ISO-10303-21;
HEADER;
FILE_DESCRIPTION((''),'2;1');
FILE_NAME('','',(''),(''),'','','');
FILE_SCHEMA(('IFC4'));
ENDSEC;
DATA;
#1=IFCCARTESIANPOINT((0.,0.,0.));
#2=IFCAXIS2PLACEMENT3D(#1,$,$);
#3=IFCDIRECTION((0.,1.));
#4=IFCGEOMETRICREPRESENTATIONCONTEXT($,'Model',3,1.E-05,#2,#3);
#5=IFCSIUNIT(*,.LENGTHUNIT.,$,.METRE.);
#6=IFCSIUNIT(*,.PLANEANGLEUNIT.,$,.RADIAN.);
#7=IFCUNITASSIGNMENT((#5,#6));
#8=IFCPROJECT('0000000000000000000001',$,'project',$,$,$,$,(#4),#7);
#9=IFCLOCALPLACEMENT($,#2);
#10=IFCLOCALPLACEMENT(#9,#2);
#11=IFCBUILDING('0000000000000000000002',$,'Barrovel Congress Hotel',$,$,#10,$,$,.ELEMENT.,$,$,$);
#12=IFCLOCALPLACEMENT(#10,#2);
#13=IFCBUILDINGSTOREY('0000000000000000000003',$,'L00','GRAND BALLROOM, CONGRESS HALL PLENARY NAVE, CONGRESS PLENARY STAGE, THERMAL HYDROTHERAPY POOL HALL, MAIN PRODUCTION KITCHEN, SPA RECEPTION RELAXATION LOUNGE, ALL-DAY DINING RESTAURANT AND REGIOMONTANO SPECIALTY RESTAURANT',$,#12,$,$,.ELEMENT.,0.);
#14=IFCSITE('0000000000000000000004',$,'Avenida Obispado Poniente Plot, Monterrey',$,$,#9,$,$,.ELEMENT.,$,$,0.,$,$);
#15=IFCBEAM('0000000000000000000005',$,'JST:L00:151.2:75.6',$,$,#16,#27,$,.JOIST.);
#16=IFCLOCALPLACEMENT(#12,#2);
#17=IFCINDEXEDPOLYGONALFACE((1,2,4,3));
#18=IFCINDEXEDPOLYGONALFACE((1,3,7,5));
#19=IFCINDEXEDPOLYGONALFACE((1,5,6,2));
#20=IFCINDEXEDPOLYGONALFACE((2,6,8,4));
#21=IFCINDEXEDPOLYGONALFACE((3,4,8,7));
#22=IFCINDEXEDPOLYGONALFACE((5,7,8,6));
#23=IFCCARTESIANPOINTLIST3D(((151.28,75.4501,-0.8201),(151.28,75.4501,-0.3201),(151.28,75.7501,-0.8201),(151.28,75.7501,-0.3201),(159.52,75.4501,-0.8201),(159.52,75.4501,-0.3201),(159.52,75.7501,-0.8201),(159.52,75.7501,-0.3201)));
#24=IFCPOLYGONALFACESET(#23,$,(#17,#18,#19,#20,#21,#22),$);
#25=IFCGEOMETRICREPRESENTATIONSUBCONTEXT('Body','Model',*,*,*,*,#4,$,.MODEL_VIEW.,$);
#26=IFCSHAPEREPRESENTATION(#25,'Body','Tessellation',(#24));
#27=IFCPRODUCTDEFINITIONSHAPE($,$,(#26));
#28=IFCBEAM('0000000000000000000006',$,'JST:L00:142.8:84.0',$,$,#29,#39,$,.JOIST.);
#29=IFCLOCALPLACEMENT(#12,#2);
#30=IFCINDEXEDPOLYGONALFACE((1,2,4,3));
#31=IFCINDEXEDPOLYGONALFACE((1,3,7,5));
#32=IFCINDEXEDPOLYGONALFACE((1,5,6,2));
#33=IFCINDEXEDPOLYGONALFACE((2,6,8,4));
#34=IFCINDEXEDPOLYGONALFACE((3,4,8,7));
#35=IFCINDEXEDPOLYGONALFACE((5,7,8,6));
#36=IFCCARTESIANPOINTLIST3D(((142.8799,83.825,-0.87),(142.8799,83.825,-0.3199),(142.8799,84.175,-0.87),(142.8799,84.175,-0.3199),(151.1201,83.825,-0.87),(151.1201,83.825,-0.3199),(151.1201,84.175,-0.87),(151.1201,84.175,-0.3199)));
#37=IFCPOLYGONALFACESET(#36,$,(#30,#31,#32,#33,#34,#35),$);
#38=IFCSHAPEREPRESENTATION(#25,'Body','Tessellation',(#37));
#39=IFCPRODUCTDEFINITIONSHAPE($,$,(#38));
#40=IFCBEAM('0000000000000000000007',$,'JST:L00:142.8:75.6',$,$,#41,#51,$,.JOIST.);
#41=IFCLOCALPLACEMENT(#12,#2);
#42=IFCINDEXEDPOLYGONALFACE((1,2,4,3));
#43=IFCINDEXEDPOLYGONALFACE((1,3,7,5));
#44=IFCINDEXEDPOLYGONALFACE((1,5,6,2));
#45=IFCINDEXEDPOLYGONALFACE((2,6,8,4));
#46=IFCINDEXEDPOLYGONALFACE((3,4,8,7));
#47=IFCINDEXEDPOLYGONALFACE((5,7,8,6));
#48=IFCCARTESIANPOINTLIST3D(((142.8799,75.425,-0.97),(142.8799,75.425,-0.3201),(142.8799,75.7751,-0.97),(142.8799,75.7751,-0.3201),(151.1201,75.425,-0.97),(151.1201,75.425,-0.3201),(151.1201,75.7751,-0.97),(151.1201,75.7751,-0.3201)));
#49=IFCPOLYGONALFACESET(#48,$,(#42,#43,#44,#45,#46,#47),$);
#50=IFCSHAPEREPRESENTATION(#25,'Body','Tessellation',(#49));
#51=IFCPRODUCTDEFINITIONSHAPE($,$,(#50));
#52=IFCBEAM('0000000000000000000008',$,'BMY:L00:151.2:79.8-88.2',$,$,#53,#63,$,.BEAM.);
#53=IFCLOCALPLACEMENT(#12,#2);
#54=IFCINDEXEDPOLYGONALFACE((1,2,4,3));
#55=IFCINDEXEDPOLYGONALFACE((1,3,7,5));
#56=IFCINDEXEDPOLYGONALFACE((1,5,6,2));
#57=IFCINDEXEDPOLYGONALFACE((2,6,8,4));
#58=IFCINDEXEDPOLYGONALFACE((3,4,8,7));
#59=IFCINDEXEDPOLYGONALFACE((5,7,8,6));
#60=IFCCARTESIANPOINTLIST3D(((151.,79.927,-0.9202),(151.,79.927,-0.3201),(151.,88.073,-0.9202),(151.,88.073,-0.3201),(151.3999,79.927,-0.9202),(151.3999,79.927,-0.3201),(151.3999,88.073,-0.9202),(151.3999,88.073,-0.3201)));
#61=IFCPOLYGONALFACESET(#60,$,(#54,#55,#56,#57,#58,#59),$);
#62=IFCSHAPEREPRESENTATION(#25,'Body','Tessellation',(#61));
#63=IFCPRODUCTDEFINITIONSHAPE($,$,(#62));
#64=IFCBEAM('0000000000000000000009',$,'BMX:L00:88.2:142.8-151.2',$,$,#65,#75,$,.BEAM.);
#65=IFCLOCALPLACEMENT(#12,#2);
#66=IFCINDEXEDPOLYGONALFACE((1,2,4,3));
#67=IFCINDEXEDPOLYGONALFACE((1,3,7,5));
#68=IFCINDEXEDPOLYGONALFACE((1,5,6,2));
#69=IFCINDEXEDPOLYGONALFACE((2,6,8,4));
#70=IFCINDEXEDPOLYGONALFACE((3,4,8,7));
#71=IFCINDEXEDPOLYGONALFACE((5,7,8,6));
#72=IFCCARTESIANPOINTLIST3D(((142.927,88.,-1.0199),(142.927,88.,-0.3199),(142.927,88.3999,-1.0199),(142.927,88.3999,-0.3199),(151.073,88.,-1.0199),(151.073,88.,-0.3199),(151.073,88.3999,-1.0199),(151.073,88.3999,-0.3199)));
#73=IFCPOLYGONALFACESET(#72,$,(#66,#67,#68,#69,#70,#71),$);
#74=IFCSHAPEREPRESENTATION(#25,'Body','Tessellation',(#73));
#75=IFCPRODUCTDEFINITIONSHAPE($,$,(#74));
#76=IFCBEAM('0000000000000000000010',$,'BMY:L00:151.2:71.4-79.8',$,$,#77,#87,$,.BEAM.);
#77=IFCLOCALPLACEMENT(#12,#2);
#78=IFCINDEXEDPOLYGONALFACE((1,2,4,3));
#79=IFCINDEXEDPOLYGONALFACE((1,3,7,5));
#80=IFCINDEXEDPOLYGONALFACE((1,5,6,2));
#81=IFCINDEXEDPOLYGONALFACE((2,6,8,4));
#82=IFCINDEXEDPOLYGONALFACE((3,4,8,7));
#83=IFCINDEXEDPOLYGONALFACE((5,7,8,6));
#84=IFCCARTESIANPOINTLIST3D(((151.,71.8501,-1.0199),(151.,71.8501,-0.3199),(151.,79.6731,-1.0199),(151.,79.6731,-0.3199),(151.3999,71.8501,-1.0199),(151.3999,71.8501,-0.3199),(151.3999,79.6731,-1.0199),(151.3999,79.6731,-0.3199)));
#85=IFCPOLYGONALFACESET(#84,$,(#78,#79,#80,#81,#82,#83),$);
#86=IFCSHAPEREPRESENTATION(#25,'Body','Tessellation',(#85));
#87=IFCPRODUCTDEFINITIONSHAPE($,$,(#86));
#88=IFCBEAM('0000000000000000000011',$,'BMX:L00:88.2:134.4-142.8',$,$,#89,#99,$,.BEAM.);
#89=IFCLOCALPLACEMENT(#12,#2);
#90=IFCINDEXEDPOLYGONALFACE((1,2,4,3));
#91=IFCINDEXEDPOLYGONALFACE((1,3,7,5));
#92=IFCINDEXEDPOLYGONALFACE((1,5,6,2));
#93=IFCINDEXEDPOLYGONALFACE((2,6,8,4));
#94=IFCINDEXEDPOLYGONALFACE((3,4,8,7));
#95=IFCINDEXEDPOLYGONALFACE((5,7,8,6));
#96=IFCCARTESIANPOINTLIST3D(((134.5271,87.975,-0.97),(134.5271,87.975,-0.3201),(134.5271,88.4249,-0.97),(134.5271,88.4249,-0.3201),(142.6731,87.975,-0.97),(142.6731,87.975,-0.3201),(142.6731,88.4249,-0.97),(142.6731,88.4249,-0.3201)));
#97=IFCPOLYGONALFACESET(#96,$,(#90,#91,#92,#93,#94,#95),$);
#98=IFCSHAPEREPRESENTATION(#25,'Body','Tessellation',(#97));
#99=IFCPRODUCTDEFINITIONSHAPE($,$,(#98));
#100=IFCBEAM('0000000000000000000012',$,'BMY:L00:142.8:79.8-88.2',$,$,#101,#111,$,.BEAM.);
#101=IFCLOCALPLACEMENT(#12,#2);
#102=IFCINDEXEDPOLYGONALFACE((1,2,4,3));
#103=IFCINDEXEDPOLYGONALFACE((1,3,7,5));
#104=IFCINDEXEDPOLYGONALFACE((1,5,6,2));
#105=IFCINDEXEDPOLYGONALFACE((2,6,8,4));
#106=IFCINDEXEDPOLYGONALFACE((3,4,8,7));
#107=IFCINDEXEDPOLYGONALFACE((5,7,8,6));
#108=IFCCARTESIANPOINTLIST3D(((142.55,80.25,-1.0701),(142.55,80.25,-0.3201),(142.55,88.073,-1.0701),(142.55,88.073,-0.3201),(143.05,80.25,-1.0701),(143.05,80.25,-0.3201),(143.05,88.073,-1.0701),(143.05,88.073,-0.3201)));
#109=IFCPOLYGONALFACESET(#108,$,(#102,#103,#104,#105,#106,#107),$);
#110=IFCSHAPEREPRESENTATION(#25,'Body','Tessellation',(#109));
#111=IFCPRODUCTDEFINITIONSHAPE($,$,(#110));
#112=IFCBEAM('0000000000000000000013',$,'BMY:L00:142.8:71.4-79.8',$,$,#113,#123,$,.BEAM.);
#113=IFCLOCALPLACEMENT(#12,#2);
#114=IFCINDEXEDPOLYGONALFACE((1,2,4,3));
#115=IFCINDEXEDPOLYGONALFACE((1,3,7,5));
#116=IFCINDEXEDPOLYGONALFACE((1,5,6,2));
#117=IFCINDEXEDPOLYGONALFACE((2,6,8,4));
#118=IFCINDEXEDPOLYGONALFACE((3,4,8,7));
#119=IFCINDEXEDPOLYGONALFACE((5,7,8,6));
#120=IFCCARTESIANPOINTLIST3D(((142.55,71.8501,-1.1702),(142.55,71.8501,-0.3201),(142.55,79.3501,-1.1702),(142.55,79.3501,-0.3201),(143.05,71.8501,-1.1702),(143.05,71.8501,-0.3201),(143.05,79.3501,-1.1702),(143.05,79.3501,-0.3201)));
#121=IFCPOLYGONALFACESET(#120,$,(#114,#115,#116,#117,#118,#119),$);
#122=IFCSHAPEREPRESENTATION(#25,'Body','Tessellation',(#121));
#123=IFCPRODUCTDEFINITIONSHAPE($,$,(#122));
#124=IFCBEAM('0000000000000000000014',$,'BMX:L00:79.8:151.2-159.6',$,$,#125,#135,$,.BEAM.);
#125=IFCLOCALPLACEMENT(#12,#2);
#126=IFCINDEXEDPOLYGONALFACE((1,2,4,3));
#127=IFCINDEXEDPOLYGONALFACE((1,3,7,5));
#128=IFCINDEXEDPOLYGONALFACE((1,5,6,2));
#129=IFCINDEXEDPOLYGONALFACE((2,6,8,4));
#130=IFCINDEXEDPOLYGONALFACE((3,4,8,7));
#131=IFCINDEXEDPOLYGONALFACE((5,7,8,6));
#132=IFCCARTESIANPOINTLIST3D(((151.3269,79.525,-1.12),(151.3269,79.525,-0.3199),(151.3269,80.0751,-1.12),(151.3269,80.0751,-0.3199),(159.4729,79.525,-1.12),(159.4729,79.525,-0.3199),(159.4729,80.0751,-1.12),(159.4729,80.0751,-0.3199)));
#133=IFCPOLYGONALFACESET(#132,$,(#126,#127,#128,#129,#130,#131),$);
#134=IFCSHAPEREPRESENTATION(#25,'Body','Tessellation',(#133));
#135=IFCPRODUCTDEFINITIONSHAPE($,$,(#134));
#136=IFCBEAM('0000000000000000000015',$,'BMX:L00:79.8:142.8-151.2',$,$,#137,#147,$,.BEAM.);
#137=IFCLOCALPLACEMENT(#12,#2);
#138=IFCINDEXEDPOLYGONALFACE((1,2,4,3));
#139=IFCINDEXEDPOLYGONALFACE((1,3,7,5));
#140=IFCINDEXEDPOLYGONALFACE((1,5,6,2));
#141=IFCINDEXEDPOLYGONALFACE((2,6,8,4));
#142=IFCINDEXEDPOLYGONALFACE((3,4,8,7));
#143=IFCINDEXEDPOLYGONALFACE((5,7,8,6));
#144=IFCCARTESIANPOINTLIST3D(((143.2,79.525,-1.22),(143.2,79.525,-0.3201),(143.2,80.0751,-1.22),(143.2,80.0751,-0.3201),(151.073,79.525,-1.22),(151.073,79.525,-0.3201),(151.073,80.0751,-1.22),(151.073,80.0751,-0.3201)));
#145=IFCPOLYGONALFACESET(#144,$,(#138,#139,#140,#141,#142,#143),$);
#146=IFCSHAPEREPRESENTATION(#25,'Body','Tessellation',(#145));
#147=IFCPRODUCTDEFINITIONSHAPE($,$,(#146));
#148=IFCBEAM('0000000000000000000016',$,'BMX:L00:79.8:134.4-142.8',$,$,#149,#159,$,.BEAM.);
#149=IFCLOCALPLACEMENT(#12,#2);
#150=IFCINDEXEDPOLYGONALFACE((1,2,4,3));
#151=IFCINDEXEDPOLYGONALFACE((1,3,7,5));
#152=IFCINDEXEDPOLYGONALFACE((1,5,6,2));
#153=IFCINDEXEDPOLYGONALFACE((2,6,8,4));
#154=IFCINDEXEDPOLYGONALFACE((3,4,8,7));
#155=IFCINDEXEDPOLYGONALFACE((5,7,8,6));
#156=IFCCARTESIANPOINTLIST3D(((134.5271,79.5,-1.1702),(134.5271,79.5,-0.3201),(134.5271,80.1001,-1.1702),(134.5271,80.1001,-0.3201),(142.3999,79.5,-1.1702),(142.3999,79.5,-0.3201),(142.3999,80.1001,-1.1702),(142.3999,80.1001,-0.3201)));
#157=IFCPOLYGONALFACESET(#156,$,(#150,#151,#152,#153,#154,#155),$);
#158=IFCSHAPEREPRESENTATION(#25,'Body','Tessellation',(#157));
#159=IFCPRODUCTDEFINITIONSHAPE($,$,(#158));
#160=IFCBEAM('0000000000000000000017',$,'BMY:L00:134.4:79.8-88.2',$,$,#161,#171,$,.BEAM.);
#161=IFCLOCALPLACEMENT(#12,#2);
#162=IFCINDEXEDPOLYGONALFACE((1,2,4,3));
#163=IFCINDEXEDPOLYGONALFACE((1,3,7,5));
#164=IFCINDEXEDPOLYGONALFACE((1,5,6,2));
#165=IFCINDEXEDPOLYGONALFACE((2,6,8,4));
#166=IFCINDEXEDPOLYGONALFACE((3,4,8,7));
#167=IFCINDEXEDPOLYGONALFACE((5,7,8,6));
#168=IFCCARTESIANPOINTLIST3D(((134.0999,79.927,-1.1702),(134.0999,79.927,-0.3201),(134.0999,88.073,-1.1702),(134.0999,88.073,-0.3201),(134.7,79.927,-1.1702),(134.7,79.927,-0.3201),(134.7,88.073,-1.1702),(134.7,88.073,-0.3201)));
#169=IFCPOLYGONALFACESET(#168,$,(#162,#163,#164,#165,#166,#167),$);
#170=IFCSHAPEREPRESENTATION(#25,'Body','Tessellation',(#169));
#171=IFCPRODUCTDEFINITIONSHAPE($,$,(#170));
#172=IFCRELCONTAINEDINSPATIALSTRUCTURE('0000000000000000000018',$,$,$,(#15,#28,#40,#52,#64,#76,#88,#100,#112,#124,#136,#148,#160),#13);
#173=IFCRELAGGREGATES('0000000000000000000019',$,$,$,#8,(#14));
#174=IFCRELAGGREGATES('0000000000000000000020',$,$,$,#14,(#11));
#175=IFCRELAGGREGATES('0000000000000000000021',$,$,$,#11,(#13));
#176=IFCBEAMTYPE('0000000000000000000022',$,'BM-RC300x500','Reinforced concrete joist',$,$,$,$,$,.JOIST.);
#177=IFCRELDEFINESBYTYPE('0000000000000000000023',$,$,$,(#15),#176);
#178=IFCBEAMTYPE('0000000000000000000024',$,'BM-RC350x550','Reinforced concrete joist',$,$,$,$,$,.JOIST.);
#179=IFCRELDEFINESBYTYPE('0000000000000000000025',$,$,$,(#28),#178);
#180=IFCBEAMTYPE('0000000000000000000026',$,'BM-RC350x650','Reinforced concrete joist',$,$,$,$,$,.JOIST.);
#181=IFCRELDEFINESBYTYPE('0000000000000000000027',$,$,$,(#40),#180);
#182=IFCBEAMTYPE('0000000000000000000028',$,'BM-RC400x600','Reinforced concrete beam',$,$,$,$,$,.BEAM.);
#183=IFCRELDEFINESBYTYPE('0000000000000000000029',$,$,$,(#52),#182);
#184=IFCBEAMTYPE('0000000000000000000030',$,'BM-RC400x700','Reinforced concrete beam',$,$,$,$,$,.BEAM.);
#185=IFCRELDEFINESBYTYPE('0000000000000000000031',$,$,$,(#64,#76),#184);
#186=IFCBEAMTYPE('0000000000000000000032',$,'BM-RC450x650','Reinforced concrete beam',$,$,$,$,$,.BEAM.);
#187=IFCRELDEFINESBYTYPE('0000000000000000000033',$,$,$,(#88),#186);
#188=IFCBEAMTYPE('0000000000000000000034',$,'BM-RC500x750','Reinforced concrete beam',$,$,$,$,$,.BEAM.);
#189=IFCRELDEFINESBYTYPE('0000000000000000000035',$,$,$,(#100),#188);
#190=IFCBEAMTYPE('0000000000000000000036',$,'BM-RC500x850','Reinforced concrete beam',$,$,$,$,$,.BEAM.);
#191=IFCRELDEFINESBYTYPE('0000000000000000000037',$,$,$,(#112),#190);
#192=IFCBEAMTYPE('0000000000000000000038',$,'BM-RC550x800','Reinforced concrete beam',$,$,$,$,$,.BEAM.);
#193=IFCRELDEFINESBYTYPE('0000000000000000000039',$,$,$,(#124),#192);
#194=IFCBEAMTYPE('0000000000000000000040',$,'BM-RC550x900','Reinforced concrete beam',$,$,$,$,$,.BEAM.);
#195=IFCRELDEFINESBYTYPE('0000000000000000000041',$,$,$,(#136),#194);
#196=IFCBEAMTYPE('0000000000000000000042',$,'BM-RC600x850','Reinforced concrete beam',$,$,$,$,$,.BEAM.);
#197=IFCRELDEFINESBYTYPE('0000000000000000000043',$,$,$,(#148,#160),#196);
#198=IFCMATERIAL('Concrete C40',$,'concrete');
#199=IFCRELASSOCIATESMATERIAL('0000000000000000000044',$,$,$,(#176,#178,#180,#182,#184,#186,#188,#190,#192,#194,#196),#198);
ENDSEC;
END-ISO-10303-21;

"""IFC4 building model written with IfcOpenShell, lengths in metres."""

from ifc_helpers import new_model, si_unit, direction, frame, origin, origin_2d, place, context, subcontext, project, spatial, rectangle, extrude, material, material_profile, profile_set, type_object, element, save


model = new_model("IFC4")

# Units and contexts
model_context = context("Model", 3, precision=1e-05, world=origin(), true_north=direction((0.0, 1.0)))
body_context = subcontext(model_context, "Body", "Model", "MODEL_VIEW")
ifc_project = project(units=[si_unit("LENGTHUNIT", "METRE"), si_unit("PLANEANGLEUNIT", "RADIAN")], contexts=[model_context])

# Site, building, storey
site_placement = place(None, origin())
site = spatial("IfcSite", under=ifc_project, at=site_placement, Name="Avenida Obispado Poniente Plot, Monterrey", CompositionType="ELEMENT", RefElevation=0.0)
building_placement = place(site_placement, origin())
building = spatial("IfcBuilding", under=site, at=building_placement, Name="Barrovel Congress Hotel", CompositionType="ELEMENT")
storey_placement = place(building_placement, origin())
storey = spatial("IfcBuildingStorey", under=building, at=storey_placement, Name="L00", Description="GRAND BALLROOM, CONGRESS HALL PLENARY NAVE, CONGRESS PLENARY STAGE, THERMAL HYDROTHERAPY POOL HALL, MAIN PRODUCTION KITCHEN, SPA RECEPTION RELAXATION LOUNGE, ALL-DAY DINING RESTAURANT AND REGIOMONTANO SPECIALTY RESTAURANT", CompositionType="ELEMENT", Elevation=0.0)

# Shared definitions
ifc_material_1 = material(Name="Concrete C40", Category="concrete")

# Beams
ifc_material_profile_1 = material_profile(ifc_material_1, rectangle(XDim=0.3, YDim=0.5, at=origin_2d()), Name="RC300x500")
ifc_profile_set_1 = profile_set([ifc_material_profile_1], Name="Concrete C40")
beam_type_1 = type_object("IfcBeamType", Name="BM-RC300x500", Description="Reinforced concrete joist", PredefinedType="JOIST", material=ifc_profile_set_1)
beam_1_placement = place(storey_placement, frame((151.28, 75.6001, -0.5701), z_axis=(1.0, 0.0, 0.0), x_axis=(0.0, 1.0, 0.0)))
element("IfcBeam", 1, at=beam_1_placement, inside=storey, type_object=beam_type_1, Name="JST:L00:151.2:75.6", PredefinedType="JOIST", context=body_context, shape_type="SweptSolid", body=[
    extrude(rectangle(XDim=0.3, YDim=0.5, at=origin_2d()), origin(), (0.0, 0.0, 1.0), 8.24),
])
ifc_material_profile_2 = material_profile(ifc_material_1, rectangle(XDim=0.3501, YDim=0.55, at=origin_2d()), Name="RC350x550")
ifc_profile_set_2 = profile_set([ifc_material_profile_2], Name="Concrete C40")
beam_type_2 = type_object("IfcBeamType", Name="BM-RC350x550", Description="Reinforced concrete joist", PredefinedType="JOIST", material=ifc_profile_set_2)
beam_2_placement = place(storey_placement, frame((142.8799, 84.0, -0.595), z_axis=(1.0, 0.0, 0.0), x_axis=(0.0, 1.0, 0.0)))
element("IfcBeam", 2, at=beam_2_placement, inside=storey, type_object=beam_type_2, Name="JST:L00:142.8:84.0", PredefinedType="JOIST", context=body_context, shape_type="SweptSolid", body=[
    extrude(rectangle(XDim=0.3501, YDim=0.55, at=origin_2d()), origin(), (0.0, 0.0, 1.0), 8.2402),
])
ifc_material_profile_3 = material_profile(ifc_material_1, rectangle(XDim=0.3501, YDim=0.6499, at=origin_2d()), Name="RC350x650")
ifc_profile_set_3 = profile_set([ifc_material_profile_3], Name="Concrete C40")
beam_type_3 = type_object("IfcBeamType", Name="BM-RC350x650", Description="Reinforced concrete joist", PredefinedType="JOIST", material=ifc_profile_set_3)
beam_3_placement = place(storey_placement, frame((142.8799, 75.6001, -0.645), z_axis=(1.0, 0.0, 0.0), x_axis=(0.0, 1.0, 0.0)))
element("IfcBeam", 3, at=beam_3_placement, inside=storey, type_object=beam_type_3, Name="JST:L00:142.8:75.6", PredefinedType="JOIST", context=body_context, shape_type="SweptSolid", body=[
    extrude(rectangle(XDim=0.3501, YDim=0.6499, at=origin_2d()), origin(), (0.0, 0.0, 1.0), 8.2402),
])
ifc_material_profile_4 = material_profile(ifc_material_1, rectangle(XDim=0.3999, YDim=0.6001, at=origin_2d()), Name="RC400x600")
ifc_profile_set_4 = profile_set([ifc_material_profile_4], Name="Concrete C40")
beam_type_4 = type_object("IfcBeamType", Name="BM-RC400x600", Description="Reinforced concrete beam", PredefinedType="BEAM", material=ifc_profile_set_4)
beam_4_placement = place(storey_placement, frame((151.2, 79.927, -0.6201), z_axis=(0.0, 1.0, 0.0), x_axis=(-1.0, 0.0, 0.0)))
element("IfcBeam", 4, at=beam_4_placement, inside=storey, type_object=beam_type_4, Name="BMY:L00:151.2:79.8-88.2", PredefinedType="BEAM", context=body_context, shape_type="SweptSolid", body=[
    extrude(rectangle(XDim=0.3999, YDim=0.6001, at=origin_2d()), origin(), (0.0, 0.0, 1.0), 8.146),
])
ifc_material_profile_5 = material_profile(ifc_material_1, rectangle(XDim=0.3999, YDim=0.7, at=origin_2d()), Name="RC400x700")
ifc_profile_set_5 = profile_set([ifc_material_profile_5], Name="Concrete C40")
beam_type_5 = type_object("IfcBeamType", Name="BM-RC400x700", Description="Reinforced concrete beam", PredefinedType="BEAM", material=ifc_profile_set_5)
beam_5_placement = place(storey_placement, frame((142.927, 88.2, -0.6699), z_axis=(1.0, 0.0, 0.0), x_axis=(0.0, 1.0, 0.0)))
element("IfcBeam", 5, at=beam_5_placement, inside=storey, type_object=beam_type_5, Name="BMX:L00:88.2:142.8-151.2", PredefinedType="BEAM", context=body_context, shape_type="SweptSolid", body=[
    extrude(rectangle(XDim=0.3999, YDim=0.7, at=origin_2d()), origin(), (0.0, 0.0, 1.0), 8.146),
])
beam_6_placement = place(storey_placement, frame((151.2, 71.8501, -0.6699), z_axis=(0.0, 1.0, 0.0), x_axis=(-1.0, 0.0, 0.0)))
element("IfcBeam", 6, at=beam_6_placement, inside=storey, type_object=beam_type_5, Name="BMY:L00:151.2:71.4-79.8", PredefinedType="BEAM", context=body_context, shape_type="SweptSolid", body=[
    extrude(rectangle(XDim=0.3999, YDim=0.7, at=origin_2d()), origin(), (0.0, 0.0, 1.0), 7.823),
])
ifc_material_profile_6 = material_profile(ifc_material_1, rectangle(XDim=0.45, YDim=0.6499, at=origin_2d()), Name="RC450x650")
ifc_profile_set_6 = profile_set([ifc_material_profile_6], Name="Concrete C40")
beam_type_6 = type_object("IfcBeamType", Name="BM-RC450x650", Description="Reinforced concrete beam", PredefinedType="BEAM", material=ifc_profile_set_6)
beam_7_placement = place(storey_placement, frame((134.5271, 88.2, -0.645), z_axis=(1.0, 0.0, 0.0), x_axis=(0.0, 1.0, 0.0)))
element("IfcBeam", 7, at=beam_7_placement, inside=storey, type_object=beam_type_6, Name="BMX:L00:88.2:134.4-142.8", PredefinedType="BEAM", context=body_context, shape_type="SweptSolid", body=[
    extrude(rectangle(XDim=0.45, YDim=0.6499, at=origin_2d()), origin(), (0.0, 0.0, 1.0), 8.146),
])
ifc_material_profile_7 = material_profile(ifc_material_1, rectangle(XDim=0.5, YDim=0.75, at=origin_2d()), Name="RC500x750")
ifc_profile_set_7 = profile_set([ifc_material_profile_7], Name="Concrete C40")
beam_type_7 = type_object("IfcBeamType", Name="BM-RC500x750", Description="Reinforced concrete beam", PredefinedType="BEAM", material=ifc_profile_set_7)
beam_8_placement = place(storey_placement, frame((142.8, 80.25, -0.6951), z_axis=(0.0, 1.0, 0.0), x_axis=(-1.0, 0.0, 0.0)))
element("IfcBeam", 8, at=beam_8_placement, inside=storey, type_object=beam_type_7, Name="BMY:L00:142.8:79.8-88.2", PredefinedType="BEAM", context=body_context, shape_type="SweptSolid", body=[
    extrude(rectangle(XDim=0.5, YDim=0.75, at=origin_2d()), origin(), (0.0, 0.0, 1.0), 7.823),
])
ifc_material_profile_8 = material_profile(ifc_material_1, rectangle(XDim=0.5, YDim=0.8501, at=origin_2d()), Name="RC500x850")
ifc_profile_set_8 = profile_set([ifc_material_profile_8], Name="Concrete C40")
beam_type_8 = type_object("IfcBeamType", Name="BM-RC500x850", Description="Reinforced concrete beam", PredefinedType="BEAM", material=ifc_profile_set_8)
beam_9_placement = place(storey_placement, frame((142.8, 71.8501, -0.7451), z_axis=(0.0, 1.0, 0.0), x_axis=(-1.0, 0.0, 0.0)))
element("IfcBeam", 9, at=beam_9_placement, inside=storey, type_object=beam_type_8, Name="BMY:L00:142.8:71.4-79.8", PredefinedType="BEAM", context=body_context, shape_type="SweptSolid", body=[
    extrude(rectangle(XDim=0.5, YDim=0.8501, at=origin_2d()), origin(), (0.0, 0.0, 1.0), 7.5),
])
ifc_material_profile_9 = material_profile(ifc_material_1, rectangle(XDim=0.55, YDim=0.8, at=origin_2d()), Name="RC550x800")
ifc_profile_set_9 = profile_set([ifc_material_profile_9], Name="Concrete C40")
beam_type_9 = type_object("IfcBeamType", Name="BM-RC550x800", Description="Reinforced concrete beam", PredefinedType="BEAM", material=ifc_profile_set_9)
beam_10_placement = place(storey_placement, frame((151.3269, 79.8, -0.72), z_axis=(1.0, 0.0, 0.0), x_axis=(0.0, 1.0, 0.0)))
element("IfcBeam", 10, at=beam_10_placement, inside=storey, type_object=beam_type_9, Name="BMX:L00:79.8:151.2-159.6", PredefinedType="BEAM", context=body_context, shape_type="SweptSolid", body=[
    extrude(rectangle(XDim=0.55, YDim=0.8, at=origin_2d()), origin(), (0.0, 0.0, 1.0), 8.146),
])
ifc_material_profile_10 = material_profile(ifc_material_1, rectangle(XDim=0.55, YDim=0.8999, at=origin_2d()), Name="RC550x900")
ifc_profile_set_10 = profile_set([ifc_material_profile_10], Name="Concrete C40")
beam_type_10 = type_object("IfcBeamType", Name="BM-RC550x900", Description="Reinforced concrete beam", PredefinedType="BEAM", material=ifc_profile_set_10)
beam_11_placement = place(storey_placement, frame((143.2, 79.8, -0.77), z_axis=(1.0, 0.0, 0.0), x_axis=(0.0, 1.0, 0.0)))
element("IfcBeam", 11, at=beam_11_placement, inside=storey, type_object=beam_type_10, Name="BMX:L00:79.8:142.8-151.2", PredefinedType="BEAM", context=body_context, shape_type="SweptSolid", body=[
    extrude(rectangle(XDim=0.55, YDim=0.8999, at=origin_2d()), origin(), (0.0, 0.0, 1.0), 7.873),
])
ifc_material_profile_11 = material_profile(ifc_material_1, rectangle(XDim=0.6001, YDim=0.8501, at=origin_2d()), Name="RC600x850")
ifc_profile_set_11 = profile_set([ifc_material_profile_11], Name="Concrete C40")
beam_type_11 = type_object("IfcBeamType", Name="BM-RC600x850", Description="Reinforced concrete beam", PredefinedType="BEAM", material=ifc_profile_set_11)
beam_12_placement = place(storey_placement, frame((134.5271, 79.8, -0.7451), z_axis=(1.0, 0.0, 0.0), x_axis=(0.0, 1.0, 0.0)))
element("IfcBeam", 12, at=beam_12_placement, inside=storey, type_object=beam_type_11, Name="BMX:L00:79.8:134.4-142.8", PredefinedType="BEAM", context=body_context, shape_type="SweptSolid", body=[
    extrude(rectangle(XDim=0.6001, YDim=0.8501, at=origin_2d()), origin(), (0.0, 0.0, 1.0), 7.8728),
])
beam_13_placement = place(storey_placement, frame((134.3999, 79.927, -0.7451), z_axis=(0.0, 1.0, 0.0), x_axis=(-1.0, 0.0, 0.0)))
element("IfcBeam", 13, at=beam_13_placement, inside=storey, type_object=beam_type_11, Name="BMY:L00:134.4:79.8-88.2", PredefinedType="BEAM", context=body_context, shape_type="SweptSolid", body=[
    extrude(rectangle(XDim=0.6001, YDim=0.8501, at=origin_2d()), origin(), (0.0, 0.0, 1.0), 8.146),
])

save(model, "model.ifc")
